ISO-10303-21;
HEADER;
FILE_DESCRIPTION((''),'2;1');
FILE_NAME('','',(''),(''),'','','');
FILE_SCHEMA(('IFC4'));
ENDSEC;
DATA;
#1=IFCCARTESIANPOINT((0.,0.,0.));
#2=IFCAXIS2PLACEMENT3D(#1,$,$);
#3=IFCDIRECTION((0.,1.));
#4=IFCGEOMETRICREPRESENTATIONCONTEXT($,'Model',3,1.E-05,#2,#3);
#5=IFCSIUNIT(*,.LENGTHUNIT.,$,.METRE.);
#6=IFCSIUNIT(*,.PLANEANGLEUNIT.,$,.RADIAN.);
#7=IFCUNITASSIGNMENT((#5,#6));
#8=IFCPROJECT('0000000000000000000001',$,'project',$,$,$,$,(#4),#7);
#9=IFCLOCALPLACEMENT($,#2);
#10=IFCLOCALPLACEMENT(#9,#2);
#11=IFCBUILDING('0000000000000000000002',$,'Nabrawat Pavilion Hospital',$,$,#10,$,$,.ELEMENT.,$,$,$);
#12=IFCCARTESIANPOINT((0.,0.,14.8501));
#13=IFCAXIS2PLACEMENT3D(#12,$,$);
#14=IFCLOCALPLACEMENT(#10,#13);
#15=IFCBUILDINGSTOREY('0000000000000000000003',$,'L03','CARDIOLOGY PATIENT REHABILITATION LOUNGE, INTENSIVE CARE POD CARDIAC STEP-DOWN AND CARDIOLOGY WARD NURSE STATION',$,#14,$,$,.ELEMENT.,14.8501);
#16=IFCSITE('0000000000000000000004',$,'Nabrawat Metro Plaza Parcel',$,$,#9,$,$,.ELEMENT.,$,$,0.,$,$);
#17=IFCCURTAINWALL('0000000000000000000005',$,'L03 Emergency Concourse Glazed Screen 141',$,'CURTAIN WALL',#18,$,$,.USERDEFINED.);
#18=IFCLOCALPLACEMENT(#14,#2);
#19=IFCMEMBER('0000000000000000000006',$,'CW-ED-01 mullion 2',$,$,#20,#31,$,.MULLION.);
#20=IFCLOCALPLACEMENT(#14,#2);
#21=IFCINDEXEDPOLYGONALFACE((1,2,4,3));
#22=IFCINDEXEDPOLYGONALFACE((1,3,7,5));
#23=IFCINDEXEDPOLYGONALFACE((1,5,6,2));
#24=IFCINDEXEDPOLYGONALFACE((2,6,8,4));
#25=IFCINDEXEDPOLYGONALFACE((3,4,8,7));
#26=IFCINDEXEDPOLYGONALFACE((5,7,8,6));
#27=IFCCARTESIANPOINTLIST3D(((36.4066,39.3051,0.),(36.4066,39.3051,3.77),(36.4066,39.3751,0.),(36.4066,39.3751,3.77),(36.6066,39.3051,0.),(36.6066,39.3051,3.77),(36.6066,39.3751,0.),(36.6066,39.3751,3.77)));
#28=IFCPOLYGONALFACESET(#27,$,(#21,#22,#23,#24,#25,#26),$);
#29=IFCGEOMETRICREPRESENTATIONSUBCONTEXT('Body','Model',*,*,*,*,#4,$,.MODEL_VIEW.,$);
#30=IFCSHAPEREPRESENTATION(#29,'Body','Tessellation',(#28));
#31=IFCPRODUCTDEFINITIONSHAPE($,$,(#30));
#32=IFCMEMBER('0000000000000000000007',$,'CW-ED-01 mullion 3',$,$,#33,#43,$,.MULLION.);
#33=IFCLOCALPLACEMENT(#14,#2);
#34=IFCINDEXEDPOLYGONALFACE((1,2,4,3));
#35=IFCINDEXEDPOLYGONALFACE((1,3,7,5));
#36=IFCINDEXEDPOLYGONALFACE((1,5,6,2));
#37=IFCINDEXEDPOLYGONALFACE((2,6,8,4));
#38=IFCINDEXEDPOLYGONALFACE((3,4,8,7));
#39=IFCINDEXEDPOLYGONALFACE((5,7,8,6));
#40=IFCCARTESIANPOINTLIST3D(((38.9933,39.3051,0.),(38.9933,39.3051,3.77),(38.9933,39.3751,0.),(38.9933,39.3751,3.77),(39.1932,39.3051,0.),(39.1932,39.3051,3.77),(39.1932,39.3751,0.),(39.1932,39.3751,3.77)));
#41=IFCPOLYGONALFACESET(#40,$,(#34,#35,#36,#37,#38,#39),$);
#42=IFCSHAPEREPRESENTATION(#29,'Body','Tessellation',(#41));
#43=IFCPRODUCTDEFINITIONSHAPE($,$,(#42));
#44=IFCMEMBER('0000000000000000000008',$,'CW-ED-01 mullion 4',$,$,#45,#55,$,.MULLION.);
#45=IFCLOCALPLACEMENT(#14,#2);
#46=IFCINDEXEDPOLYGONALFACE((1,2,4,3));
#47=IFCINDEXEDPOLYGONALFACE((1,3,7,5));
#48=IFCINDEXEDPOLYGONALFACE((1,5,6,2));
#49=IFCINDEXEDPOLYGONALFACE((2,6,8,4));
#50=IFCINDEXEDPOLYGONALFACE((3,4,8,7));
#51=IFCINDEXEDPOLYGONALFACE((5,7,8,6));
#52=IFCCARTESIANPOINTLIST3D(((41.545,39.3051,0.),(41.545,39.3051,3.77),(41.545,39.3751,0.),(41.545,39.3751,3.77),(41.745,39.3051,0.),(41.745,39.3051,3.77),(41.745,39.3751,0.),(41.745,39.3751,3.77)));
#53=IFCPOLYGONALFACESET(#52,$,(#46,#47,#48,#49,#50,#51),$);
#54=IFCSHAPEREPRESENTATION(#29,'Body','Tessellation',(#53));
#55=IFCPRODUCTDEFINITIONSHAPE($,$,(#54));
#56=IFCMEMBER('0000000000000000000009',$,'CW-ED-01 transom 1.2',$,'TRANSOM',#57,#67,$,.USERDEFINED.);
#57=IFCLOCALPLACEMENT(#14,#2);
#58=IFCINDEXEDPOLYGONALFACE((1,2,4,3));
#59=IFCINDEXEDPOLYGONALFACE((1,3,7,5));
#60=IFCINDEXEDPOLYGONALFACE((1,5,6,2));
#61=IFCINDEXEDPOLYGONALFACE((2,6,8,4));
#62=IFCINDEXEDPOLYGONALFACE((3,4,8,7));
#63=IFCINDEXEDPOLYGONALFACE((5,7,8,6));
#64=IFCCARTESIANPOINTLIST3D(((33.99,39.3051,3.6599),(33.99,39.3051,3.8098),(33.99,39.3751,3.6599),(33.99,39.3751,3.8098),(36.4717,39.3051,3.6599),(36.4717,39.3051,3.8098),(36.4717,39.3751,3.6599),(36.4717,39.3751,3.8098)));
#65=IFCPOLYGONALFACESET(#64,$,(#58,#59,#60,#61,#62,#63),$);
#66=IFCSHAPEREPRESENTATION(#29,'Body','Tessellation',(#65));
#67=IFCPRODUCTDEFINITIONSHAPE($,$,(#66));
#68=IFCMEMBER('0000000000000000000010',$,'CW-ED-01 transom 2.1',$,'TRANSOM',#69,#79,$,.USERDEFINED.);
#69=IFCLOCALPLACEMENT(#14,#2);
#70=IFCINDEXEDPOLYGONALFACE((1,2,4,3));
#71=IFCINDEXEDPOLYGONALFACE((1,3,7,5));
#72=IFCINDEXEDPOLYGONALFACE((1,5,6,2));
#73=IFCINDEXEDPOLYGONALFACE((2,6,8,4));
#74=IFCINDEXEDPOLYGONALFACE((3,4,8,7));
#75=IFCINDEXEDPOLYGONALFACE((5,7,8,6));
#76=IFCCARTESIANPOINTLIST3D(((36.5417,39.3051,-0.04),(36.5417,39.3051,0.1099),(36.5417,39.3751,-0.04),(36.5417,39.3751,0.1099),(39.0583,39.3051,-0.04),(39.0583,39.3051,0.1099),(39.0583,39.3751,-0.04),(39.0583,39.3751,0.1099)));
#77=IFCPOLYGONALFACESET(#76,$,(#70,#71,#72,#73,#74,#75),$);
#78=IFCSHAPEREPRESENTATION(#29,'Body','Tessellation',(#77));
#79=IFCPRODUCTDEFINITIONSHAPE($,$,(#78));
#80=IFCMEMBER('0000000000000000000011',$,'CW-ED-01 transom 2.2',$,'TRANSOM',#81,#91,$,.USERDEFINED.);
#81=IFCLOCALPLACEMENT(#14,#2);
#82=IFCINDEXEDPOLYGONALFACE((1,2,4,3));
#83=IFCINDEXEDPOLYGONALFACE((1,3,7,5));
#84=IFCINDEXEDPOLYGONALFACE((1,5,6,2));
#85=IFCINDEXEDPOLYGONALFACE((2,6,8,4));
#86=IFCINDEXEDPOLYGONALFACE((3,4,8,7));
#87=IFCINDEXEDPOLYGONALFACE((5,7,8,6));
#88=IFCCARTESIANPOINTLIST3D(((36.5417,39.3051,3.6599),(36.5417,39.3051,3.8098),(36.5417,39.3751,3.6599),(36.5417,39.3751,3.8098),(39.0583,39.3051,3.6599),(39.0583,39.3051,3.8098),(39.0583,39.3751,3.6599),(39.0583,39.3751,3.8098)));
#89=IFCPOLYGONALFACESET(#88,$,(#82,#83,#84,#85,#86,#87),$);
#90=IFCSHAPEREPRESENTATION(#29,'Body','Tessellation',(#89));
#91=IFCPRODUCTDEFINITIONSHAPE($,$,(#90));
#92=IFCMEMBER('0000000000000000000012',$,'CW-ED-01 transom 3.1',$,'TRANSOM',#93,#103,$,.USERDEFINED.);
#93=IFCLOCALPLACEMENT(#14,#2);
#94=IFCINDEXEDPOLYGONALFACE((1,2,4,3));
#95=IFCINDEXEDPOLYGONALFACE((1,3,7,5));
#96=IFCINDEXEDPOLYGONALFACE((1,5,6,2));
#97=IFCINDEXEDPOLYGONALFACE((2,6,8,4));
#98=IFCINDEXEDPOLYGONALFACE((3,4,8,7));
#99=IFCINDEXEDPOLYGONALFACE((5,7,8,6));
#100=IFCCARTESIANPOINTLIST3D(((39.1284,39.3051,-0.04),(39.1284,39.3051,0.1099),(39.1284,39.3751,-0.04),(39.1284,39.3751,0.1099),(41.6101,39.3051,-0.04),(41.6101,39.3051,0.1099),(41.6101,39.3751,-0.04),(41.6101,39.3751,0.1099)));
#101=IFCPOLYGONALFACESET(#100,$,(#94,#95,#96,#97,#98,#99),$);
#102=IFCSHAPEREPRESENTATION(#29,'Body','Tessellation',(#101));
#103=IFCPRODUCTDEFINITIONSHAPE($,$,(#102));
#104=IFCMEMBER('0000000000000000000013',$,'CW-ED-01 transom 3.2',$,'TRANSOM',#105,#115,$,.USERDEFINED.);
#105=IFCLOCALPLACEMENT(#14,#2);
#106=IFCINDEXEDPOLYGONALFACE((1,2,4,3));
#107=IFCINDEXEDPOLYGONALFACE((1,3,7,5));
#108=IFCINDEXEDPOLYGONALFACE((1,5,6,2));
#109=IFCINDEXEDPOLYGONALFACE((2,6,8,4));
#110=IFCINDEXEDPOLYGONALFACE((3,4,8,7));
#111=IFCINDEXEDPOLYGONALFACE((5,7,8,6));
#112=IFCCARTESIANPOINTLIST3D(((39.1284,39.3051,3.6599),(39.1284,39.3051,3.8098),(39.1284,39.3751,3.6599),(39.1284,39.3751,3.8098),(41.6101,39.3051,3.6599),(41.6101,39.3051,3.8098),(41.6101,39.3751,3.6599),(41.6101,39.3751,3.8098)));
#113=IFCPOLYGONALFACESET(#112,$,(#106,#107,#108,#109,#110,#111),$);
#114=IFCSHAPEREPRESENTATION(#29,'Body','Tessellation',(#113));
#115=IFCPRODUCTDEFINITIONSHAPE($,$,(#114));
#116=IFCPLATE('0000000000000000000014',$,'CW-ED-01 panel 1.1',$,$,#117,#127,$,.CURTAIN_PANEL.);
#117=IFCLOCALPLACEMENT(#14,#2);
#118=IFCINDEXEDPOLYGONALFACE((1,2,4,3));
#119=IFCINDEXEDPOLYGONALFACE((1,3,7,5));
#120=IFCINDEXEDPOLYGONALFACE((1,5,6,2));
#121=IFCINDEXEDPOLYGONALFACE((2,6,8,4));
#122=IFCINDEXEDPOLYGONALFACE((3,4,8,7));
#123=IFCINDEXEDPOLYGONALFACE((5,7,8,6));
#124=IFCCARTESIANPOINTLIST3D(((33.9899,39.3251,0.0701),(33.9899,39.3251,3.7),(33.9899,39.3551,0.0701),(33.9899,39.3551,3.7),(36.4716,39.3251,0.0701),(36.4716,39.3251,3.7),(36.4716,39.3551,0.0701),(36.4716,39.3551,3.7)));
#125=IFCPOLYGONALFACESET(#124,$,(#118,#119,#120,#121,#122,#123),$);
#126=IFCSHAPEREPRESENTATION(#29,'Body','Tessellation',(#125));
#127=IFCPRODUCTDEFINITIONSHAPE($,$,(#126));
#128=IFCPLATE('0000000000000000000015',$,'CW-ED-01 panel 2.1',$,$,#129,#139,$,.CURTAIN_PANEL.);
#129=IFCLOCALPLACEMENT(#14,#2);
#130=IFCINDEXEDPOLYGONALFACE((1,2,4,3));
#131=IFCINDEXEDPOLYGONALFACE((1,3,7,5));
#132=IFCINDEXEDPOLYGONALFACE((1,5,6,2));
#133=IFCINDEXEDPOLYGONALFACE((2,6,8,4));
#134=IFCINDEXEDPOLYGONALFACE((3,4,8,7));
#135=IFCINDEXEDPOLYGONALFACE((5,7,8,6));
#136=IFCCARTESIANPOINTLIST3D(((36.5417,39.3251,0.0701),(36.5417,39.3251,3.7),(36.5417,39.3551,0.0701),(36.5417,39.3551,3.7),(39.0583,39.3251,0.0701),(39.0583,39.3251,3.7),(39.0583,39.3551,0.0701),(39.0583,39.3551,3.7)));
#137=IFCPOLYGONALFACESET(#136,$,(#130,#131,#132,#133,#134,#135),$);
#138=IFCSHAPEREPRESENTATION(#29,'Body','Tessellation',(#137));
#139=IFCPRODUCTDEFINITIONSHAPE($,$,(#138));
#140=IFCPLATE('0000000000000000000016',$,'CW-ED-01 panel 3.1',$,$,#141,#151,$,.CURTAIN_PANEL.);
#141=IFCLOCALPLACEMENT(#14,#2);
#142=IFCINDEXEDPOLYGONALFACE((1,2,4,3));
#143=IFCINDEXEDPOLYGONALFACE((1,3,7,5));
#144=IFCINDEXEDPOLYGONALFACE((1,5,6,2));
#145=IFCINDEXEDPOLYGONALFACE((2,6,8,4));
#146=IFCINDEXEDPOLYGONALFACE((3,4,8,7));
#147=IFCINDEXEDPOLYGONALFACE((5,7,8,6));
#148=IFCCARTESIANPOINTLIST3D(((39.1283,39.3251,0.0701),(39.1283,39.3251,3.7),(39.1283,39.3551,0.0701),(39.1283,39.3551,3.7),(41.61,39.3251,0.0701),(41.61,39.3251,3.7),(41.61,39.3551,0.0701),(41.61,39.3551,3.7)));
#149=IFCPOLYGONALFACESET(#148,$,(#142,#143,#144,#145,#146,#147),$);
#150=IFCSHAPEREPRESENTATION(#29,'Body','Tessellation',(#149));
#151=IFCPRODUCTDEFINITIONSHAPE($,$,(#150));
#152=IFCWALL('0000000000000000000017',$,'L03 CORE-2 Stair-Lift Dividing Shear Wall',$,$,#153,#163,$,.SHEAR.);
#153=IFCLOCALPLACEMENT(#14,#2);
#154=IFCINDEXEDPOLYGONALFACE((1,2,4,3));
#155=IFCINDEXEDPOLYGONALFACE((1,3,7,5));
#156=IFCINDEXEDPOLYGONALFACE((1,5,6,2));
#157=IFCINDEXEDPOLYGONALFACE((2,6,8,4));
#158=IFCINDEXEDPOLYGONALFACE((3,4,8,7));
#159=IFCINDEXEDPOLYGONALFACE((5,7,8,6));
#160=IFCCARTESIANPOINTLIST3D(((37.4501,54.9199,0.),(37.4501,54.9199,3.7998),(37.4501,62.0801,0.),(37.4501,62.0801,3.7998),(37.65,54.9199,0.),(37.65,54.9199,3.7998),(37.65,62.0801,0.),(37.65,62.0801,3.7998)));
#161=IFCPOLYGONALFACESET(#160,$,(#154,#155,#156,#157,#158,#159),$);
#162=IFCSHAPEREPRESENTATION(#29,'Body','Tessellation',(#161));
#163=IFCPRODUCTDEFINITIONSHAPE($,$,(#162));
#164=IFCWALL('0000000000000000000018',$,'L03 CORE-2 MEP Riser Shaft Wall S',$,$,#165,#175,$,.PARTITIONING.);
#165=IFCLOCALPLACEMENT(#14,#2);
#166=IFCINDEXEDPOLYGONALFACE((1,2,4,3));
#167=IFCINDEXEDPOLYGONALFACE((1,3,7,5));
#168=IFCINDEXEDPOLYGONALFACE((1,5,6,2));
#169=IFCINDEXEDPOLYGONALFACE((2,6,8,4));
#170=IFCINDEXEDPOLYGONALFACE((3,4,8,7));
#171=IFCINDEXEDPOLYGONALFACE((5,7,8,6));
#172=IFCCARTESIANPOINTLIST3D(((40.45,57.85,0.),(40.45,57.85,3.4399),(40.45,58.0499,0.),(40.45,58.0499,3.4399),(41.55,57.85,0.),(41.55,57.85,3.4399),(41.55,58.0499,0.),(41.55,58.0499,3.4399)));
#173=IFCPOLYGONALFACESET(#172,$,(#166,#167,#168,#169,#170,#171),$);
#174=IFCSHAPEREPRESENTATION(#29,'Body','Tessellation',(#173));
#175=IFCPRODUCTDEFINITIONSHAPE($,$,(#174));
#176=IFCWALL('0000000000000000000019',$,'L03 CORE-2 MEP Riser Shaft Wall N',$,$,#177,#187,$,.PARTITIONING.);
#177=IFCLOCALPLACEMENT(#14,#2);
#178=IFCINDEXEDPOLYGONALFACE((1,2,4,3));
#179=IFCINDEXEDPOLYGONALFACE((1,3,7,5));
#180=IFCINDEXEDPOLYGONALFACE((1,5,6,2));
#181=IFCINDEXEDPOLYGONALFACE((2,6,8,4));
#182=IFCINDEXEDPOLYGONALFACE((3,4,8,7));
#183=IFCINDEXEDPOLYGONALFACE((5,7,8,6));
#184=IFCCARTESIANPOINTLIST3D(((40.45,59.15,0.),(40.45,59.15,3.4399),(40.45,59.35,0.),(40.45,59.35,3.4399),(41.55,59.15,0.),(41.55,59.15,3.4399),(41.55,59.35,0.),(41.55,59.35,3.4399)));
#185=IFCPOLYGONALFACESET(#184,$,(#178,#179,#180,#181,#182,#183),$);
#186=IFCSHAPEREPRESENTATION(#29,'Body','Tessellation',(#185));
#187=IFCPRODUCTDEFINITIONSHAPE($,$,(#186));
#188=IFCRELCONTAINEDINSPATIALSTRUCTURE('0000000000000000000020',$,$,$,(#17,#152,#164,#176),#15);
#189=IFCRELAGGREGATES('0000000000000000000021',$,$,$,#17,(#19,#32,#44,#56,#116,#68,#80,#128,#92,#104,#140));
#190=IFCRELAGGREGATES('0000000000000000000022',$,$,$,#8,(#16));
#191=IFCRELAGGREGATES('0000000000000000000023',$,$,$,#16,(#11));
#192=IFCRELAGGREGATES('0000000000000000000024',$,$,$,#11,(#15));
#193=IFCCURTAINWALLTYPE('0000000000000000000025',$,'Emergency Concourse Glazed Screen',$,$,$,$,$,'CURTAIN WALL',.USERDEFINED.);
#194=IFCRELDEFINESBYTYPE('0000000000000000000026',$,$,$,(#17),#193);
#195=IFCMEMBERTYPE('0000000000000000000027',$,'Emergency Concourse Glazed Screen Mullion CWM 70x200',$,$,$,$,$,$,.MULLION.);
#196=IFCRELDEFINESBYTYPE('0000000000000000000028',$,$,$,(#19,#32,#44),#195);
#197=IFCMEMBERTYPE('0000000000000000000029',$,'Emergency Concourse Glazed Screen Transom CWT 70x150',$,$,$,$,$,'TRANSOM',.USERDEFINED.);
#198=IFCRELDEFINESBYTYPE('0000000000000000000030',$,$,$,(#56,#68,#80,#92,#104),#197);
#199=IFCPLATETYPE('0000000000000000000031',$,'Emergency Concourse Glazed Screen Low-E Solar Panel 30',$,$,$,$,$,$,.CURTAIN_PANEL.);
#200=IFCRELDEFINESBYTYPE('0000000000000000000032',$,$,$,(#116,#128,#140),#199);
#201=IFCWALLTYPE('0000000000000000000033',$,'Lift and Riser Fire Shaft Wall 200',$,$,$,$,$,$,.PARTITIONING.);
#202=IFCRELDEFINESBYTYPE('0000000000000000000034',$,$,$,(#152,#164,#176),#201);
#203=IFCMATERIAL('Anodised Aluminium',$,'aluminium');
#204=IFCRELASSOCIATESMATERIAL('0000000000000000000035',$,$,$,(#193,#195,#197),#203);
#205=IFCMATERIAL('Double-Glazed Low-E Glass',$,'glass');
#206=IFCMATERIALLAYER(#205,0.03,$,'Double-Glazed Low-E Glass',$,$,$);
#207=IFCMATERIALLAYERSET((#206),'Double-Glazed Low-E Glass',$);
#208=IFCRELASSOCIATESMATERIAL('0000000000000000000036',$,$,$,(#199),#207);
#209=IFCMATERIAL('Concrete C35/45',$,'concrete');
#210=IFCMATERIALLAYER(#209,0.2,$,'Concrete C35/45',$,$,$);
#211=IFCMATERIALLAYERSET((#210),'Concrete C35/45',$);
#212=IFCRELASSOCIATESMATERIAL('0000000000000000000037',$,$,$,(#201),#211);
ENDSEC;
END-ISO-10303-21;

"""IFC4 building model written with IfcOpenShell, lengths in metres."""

from ifc_helpers import new_model, si_unit, direction, frame, frame_2d, origin, origin_2d, place, context, subcontext, project, spatial, rectangle, extrude, material, layer, layer_set, material_profile, profile_set, type_object, element, aggregate, save


model = new_model("IFC4")

# Units and contexts
model_context = context("Model", 3, precision=1e-05, world=origin(), true_north=direction((0.0, 1.0)))
body_context = subcontext(model_context, "Body", "Model", "MODEL_VIEW")
ifc_project = project(units=[si_unit("LENGTHUNIT", "METRE"), si_unit("PLANEANGLEUNIT", "RADIAN")], contexts=[model_context])

# Site, building, storey
site_placement = place(None, origin())
site = spatial("IfcSite", under=ifc_project, at=site_placement, Name="Nabrawat Metro Plaza Parcel", CompositionType="ELEMENT", RefElevation=0.0)
building_placement = place(site_placement, origin())
building = spatial("IfcBuilding", under=site, at=building_placement, Name="Nabrawat Pavilion Hospital", CompositionType="ELEMENT")
storey_placement = place(building_placement, frame((0.0, 0.0, 14.8501)))
storey = spatial("IfcBuildingStorey", under=building, at=storey_placement, Name="L03", Description="CARDIOLOGY PATIENT REHABILITATION LOUNGE, INTENSIVE CARE POD CARDIAC STEP-DOWN AND CARDIOLOGY WARD NURSE STATION", CompositionType="ELEMENT", Elevation=14.8501)

# Curtain wall, members, plates
ifc_material_1 = material(Name="Anodised Aluminium", Category="aluminium")
curtain_wall_type = type_object("IfcCurtainWallType", Name="Emergency Concourse Glazed Screen", ElementType="CURTAIN WALL", PredefinedType="USERDEFINED", material=ifc_material_1)
curtain_wall_placement = place(storey_placement, origin())
curtain_wall = element("IfcCurtainWall", 1, at=curtain_wall_placement, inside=storey, type_object=curtain_wall_type, Name="L03 Emergency Concourse Glazed Screen 141", ObjectType="CURTAIN WALL", PredefinedType="USERDEFINED")
ifc_material_profile_1 = material_profile(ifc_material_1, rectangle(XDim=0.0701, YDim=0.2, at=origin_2d()), Name="CWM 70x200")
ifc_profile_set_1 = profile_set([ifc_material_profile_1], Name="Anodised Aluminium")
member_type_1 = type_object("IfcMemberType", Name="Emergency Concourse Glazed Screen Mullion CWM 70x200", PredefinedType="MULLION", material=ifc_profile_set_1)
member_1_placement = place(storey_placement, frame((36.5066, 39.3401, 0.0), z_axis=(0.0, 0.0, 1.0), x_axis=(0.0, 1.0, 0.0)))
member_1 = element("IfcMember", 2, at=member_1_placement, type_object=member_type_1, Name="CW-ED-01 mullion 2", PredefinedType="MULLION", context=body_context, shape_type="SweptSolid", body=[
    extrude(rectangle(XDim=0.0701, YDim=0.2, at=origin_2d()), origin(), (0.0, 0.0, 1.0), 3.77),
])
member_2_placement = place(storey_placement, frame((39.0933, 39.3401, 0.0), z_axis=(0.0, 0.0, 1.0), x_axis=(0.0, 1.0, 0.0)))
member_2 = element("IfcMember", 3, at=member_2_placement, type_object=member_type_1, Name="CW-ED-01 mullion 3", PredefinedType="MULLION", context=body_context, shape_type="SweptSolid", body=[
    extrude(rectangle(XDim=0.0701, YDim=0.2, at=origin_2d()), origin(), (0.0, 0.0, 1.0), 3.77),
])
member_3_placement = place(storey_placement, frame((41.645, 39.3401, 0.0), z_axis=(0.0, 0.0, 1.0), x_axis=(0.0, 1.0, 0.0)))
member_3 = element("IfcMember", 4, at=member_3_placement, type_object=member_type_1, Name="CW-ED-01 mullion 4", PredefinedType="MULLION", context=body_context, shape_type="SweptSolid", body=[
    extrude(rectangle(XDim=0.0701, YDim=0.2, at=origin_2d()), origin(), (0.0, 0.0, 1.0), 3.77),
])
ifc_material_profile_2 = material_profile(ifc_material_1, rectangle(XDim=0.0701, YDim=0.1499, at=origin_2d()), Name="CWT 70x150")
ifc_profile_set_2 = profile_set([ifc_material_profile_2], Name="Anodised Aluminium")
member_type_2 = type_object("IfcMemberType", Name="Emergency Concourse Glazed Screen Transom CWT 70x150", ElementType="TRANSOM", PredefinedType="USERDEFINED", material=ifc_profile_set_2)
member_4_placement = place(storey_placement, frame((33.99, 39.3401, 3.7349), z_axis=(1.0, 0.0, 0.0), x_axis=(0.0, 1.0, 0.0)))
member_4 = element("IfcMember", 5, at=member_4_placement, type_object=member_type_2, Name="CW-ED-01 transom 1.2", ObjectType="TRANSOM", PredefinedType="USERDEFINED", context=body_context, shape_type="SweptSolid", body=[
    extrude(rectangle(XDim=0.0701, YDim=0.1499, at=origin_2d()), origin(), (0.0, 0.0, 1.0), 2.4817),
])
member_5_placement = place(storey_placement, frame((36.5417, 39.3401, 0.0349), z_axis=(1.0, 0.0, 0.0), x_axis=(0.0, 1.0, 0.0)))
member_5 = element("IfcMember", 6, at=member_5_placement, type_object=member_type_2, Name="CW-ED-01 transom 2.1", ObjectType="TRANSOM", PredefinedType="USERDEFINED", context=body_context, shape_type="SweptSolid", body=[
    extrude(rectangle(XDim=0.0701, YDim=0.1499, at=origin_2d()), origin(), (0.0, 0.0, 1.0), 2.5166),
])
member_6_placement = place(storey_placement, frame((36.5417, 39.3401, 3.7349), z_axis=(1.0, 0.0, 0.0), x_axis=(0.0, 1.0, 0.0)))
member_6 = element("IfcMember", 7, at=member_6_placement, type_object=member_type_2, Name="CW-ED-01 transom 2.2", ObjectType="TRANSOM", PredefinedType="USERDEFINED", context=body_context, shape_type="SweptSolid", body=[
    extrude(rectangle(XDim=0.0701, YDim=0.1499, at=origin_2d()), origin(), (0.0, 0.0, 1.0), 2.5166),
])
member_7_placement = place(storey_placement, frame((39.1284, 39.3401, 0.0349), z_axis=(1.0, 0.0, 0.0), x_axis=(0.0, 1.0, 0.0)))
member_7 = element("IfcMember", 8, at=member_7_placement, type_object=member_type_2, Name="CW-ED-01 transom 3.1", ObjectType="TRANSOM", PredefinedType="USERDEFINED", context=body_context, shape_type="SweptSolid", body=[
    extrude(rectangle(XDim=0.0701, YDim=0.1499, at=origin_2d()), origin(), (0.0, 0.0, 1.0), 2.4817),
])
member_8_placement = place(storey_placement, frame((39.1284, 39.3401, 3.7349), z_axis=(1.0, 0.0, 0.0), x_axis=(0.0, 1.0, 0.0)))
member_8 = element("IfcMember", 9, at=member_8_placement, type_object=member_type_2, Name="CW-ED-01 transom 3.2", ObjectType="TRANSOM", PredefinedType="USERDEFINED", context=body_context, shape_type="SweptSolid", body=[
    extrude(rectangle(XDim=0.0701, YDim=0.1499, at=origin_2d()), origin(), (0.0, 0.0, 1.0), 2.4817),
])
ifc_material_2 = material(Name="Double-Glazed Low-E Glass", Category="glass")
ifc_layer_1 = layer(ifc_material_2, 0.03, Name="Double-Glazed Low-E Glass")
ifc_layer_set_1 = layer_set([ifc_layer_1], Name="Double-Glazed Low-E Glass")
plate_type = type_object("IfcPlateType", Name="Emergency Concourse Glazed Screen Low-E Solar Panel 30", PredefinedType="CURTAIN_PANEL", material=ifc_layer_set_1)
plate_1_placement = place(storey_placement, frame((35.2307, 39.3401, 0.0701), z_axis=(0.0, 0.0, 1.0), x_axis=(1.0, 0.0, 0.0)))
plate_1 = element("IfcPlate", 10, at=plate_1_placement, type_object=plate_type, Name="CW-ED-01 panel 1.1", PredefinedType="CURTAIN_PANEL", context=body_context, shape_type="SweptSolid", body=[
    extrude(rectangle(XDim=2.4817, YDim=0.03, at=origin_2d()), origin(), (0.0, 0.0, 1.0), 3.6299),
])
plate_2_placement = place(storey_placement, frame((37.8, 39.3401, 0.0701), z_axis=(0.0, 0.0, 1.0), x_axis=(1.0, 0.0, 0.0)))
plate_2 = element("IfcPlate", 11, at=plate_2_placement, type_object=plate_type, Name="CW-ED-01 panel 2.1", PredefinedType="CURTAIN_PANEL", context=body_context, shape_type="SweptSolid", body=[
    extrude(rectangle(XDim=2.5166, YDim=0.03, at=origin_2d()), origin(), (0.0, 0.0, 1.0), 3.6299),
])
plate_3_placement = place(storey_placement, frame((40.3691, 39.3401, 0.0701), z_axis=(0.0, 0.0, 1.0), x_axis=(1.0, 0.0, 0.0)))
plate_3 = element("IfcPlate", 12, at=plate_3_placement, type_object=plate_type, Name="CW-ED-01 panel 3.1", PredefinedType="CURTAIN_PANEL", context=body_context, shape_type="SweptSolid", body=[
    extrude(rectangle(XDim=2.4817, YDim=0.03, at=origin_2d()), origin(), (0.0, 0.0, 1.0), 3.6299),
])
aggregate(curtain_wall, [member_1, member_2, member_3, member_4, plate_1, member_5, member_6, plate_2, member_7, member_8, plate_3])

# Walls
ifc_material_3 = material(Name="Concrete C35/45", Category="concrete")
ifc_layer_2 = layer(ifc_material_3, 0.2, Name="Concrete C35/45")
ifc_layer_set_2 = layer_set([ifc_layer_2], Name="Concrete C35/45")
wall_type_1 = type_object("IfcWallType", Name="Lift and Riser Fire Shaft Wall 200", PredefinedType="PARTITIONING", material=ifc_layer_set_2)
wall_1_placement = place(storey_placement, frame((37.55, 54.9199, 0.0), z_axis=(0.0, 0.0, 1.0), x_axis=(0.0, 1.0, 0.0)))
element("IfcWall", 13, at=wall_1_placement, inside=storey, type_object=wall_type_1, Name="L03 CORE-2 Stair-Lift Dividing Shear Wall", PredefinedType="SHEAR", context=body_context, shape_type="SweptSolid", body=[
    extrude(rectangle(XDim=7.1602, YDim=0.2, at=frame_2d((3.5801, 0.0))), origin(), (0.0, 0.0, 1.0), 3.7998),
])
for number, where, z_axis, x_axis, name in (
    (14, (40.45, 57.95, 0.0), (0.0, 0.0, 1.0), (1.0, 0.0, 0.0), "L03 CORE-2 MEP Riser Shaft Wall S"),
    (15, (40.45, 59.25, 0.0), (0.0, 0.0, 1.0), (1.0, 0.0, 0.0), "L03 CORE-2 MEP Riser Shaft Wall N"),
):
    element("IfcWall", number, at=place(storey_placement, frame(where, z_axis=z_axis, x_axis=x_axis)), inside=storey, type_object=wall_type_1, Name=name, PredefinedType="PARTITIONING", context=body_context, shape_type="SweptSolid", body=[
        extrude(rectangle(XDim=1.1001, YDim=0.2, at=frame_2d((0.55, 0.0))), origin(), (0.0, 0.0, 1.0), 3.4399),
    ])

save(model, "model.ifc")
